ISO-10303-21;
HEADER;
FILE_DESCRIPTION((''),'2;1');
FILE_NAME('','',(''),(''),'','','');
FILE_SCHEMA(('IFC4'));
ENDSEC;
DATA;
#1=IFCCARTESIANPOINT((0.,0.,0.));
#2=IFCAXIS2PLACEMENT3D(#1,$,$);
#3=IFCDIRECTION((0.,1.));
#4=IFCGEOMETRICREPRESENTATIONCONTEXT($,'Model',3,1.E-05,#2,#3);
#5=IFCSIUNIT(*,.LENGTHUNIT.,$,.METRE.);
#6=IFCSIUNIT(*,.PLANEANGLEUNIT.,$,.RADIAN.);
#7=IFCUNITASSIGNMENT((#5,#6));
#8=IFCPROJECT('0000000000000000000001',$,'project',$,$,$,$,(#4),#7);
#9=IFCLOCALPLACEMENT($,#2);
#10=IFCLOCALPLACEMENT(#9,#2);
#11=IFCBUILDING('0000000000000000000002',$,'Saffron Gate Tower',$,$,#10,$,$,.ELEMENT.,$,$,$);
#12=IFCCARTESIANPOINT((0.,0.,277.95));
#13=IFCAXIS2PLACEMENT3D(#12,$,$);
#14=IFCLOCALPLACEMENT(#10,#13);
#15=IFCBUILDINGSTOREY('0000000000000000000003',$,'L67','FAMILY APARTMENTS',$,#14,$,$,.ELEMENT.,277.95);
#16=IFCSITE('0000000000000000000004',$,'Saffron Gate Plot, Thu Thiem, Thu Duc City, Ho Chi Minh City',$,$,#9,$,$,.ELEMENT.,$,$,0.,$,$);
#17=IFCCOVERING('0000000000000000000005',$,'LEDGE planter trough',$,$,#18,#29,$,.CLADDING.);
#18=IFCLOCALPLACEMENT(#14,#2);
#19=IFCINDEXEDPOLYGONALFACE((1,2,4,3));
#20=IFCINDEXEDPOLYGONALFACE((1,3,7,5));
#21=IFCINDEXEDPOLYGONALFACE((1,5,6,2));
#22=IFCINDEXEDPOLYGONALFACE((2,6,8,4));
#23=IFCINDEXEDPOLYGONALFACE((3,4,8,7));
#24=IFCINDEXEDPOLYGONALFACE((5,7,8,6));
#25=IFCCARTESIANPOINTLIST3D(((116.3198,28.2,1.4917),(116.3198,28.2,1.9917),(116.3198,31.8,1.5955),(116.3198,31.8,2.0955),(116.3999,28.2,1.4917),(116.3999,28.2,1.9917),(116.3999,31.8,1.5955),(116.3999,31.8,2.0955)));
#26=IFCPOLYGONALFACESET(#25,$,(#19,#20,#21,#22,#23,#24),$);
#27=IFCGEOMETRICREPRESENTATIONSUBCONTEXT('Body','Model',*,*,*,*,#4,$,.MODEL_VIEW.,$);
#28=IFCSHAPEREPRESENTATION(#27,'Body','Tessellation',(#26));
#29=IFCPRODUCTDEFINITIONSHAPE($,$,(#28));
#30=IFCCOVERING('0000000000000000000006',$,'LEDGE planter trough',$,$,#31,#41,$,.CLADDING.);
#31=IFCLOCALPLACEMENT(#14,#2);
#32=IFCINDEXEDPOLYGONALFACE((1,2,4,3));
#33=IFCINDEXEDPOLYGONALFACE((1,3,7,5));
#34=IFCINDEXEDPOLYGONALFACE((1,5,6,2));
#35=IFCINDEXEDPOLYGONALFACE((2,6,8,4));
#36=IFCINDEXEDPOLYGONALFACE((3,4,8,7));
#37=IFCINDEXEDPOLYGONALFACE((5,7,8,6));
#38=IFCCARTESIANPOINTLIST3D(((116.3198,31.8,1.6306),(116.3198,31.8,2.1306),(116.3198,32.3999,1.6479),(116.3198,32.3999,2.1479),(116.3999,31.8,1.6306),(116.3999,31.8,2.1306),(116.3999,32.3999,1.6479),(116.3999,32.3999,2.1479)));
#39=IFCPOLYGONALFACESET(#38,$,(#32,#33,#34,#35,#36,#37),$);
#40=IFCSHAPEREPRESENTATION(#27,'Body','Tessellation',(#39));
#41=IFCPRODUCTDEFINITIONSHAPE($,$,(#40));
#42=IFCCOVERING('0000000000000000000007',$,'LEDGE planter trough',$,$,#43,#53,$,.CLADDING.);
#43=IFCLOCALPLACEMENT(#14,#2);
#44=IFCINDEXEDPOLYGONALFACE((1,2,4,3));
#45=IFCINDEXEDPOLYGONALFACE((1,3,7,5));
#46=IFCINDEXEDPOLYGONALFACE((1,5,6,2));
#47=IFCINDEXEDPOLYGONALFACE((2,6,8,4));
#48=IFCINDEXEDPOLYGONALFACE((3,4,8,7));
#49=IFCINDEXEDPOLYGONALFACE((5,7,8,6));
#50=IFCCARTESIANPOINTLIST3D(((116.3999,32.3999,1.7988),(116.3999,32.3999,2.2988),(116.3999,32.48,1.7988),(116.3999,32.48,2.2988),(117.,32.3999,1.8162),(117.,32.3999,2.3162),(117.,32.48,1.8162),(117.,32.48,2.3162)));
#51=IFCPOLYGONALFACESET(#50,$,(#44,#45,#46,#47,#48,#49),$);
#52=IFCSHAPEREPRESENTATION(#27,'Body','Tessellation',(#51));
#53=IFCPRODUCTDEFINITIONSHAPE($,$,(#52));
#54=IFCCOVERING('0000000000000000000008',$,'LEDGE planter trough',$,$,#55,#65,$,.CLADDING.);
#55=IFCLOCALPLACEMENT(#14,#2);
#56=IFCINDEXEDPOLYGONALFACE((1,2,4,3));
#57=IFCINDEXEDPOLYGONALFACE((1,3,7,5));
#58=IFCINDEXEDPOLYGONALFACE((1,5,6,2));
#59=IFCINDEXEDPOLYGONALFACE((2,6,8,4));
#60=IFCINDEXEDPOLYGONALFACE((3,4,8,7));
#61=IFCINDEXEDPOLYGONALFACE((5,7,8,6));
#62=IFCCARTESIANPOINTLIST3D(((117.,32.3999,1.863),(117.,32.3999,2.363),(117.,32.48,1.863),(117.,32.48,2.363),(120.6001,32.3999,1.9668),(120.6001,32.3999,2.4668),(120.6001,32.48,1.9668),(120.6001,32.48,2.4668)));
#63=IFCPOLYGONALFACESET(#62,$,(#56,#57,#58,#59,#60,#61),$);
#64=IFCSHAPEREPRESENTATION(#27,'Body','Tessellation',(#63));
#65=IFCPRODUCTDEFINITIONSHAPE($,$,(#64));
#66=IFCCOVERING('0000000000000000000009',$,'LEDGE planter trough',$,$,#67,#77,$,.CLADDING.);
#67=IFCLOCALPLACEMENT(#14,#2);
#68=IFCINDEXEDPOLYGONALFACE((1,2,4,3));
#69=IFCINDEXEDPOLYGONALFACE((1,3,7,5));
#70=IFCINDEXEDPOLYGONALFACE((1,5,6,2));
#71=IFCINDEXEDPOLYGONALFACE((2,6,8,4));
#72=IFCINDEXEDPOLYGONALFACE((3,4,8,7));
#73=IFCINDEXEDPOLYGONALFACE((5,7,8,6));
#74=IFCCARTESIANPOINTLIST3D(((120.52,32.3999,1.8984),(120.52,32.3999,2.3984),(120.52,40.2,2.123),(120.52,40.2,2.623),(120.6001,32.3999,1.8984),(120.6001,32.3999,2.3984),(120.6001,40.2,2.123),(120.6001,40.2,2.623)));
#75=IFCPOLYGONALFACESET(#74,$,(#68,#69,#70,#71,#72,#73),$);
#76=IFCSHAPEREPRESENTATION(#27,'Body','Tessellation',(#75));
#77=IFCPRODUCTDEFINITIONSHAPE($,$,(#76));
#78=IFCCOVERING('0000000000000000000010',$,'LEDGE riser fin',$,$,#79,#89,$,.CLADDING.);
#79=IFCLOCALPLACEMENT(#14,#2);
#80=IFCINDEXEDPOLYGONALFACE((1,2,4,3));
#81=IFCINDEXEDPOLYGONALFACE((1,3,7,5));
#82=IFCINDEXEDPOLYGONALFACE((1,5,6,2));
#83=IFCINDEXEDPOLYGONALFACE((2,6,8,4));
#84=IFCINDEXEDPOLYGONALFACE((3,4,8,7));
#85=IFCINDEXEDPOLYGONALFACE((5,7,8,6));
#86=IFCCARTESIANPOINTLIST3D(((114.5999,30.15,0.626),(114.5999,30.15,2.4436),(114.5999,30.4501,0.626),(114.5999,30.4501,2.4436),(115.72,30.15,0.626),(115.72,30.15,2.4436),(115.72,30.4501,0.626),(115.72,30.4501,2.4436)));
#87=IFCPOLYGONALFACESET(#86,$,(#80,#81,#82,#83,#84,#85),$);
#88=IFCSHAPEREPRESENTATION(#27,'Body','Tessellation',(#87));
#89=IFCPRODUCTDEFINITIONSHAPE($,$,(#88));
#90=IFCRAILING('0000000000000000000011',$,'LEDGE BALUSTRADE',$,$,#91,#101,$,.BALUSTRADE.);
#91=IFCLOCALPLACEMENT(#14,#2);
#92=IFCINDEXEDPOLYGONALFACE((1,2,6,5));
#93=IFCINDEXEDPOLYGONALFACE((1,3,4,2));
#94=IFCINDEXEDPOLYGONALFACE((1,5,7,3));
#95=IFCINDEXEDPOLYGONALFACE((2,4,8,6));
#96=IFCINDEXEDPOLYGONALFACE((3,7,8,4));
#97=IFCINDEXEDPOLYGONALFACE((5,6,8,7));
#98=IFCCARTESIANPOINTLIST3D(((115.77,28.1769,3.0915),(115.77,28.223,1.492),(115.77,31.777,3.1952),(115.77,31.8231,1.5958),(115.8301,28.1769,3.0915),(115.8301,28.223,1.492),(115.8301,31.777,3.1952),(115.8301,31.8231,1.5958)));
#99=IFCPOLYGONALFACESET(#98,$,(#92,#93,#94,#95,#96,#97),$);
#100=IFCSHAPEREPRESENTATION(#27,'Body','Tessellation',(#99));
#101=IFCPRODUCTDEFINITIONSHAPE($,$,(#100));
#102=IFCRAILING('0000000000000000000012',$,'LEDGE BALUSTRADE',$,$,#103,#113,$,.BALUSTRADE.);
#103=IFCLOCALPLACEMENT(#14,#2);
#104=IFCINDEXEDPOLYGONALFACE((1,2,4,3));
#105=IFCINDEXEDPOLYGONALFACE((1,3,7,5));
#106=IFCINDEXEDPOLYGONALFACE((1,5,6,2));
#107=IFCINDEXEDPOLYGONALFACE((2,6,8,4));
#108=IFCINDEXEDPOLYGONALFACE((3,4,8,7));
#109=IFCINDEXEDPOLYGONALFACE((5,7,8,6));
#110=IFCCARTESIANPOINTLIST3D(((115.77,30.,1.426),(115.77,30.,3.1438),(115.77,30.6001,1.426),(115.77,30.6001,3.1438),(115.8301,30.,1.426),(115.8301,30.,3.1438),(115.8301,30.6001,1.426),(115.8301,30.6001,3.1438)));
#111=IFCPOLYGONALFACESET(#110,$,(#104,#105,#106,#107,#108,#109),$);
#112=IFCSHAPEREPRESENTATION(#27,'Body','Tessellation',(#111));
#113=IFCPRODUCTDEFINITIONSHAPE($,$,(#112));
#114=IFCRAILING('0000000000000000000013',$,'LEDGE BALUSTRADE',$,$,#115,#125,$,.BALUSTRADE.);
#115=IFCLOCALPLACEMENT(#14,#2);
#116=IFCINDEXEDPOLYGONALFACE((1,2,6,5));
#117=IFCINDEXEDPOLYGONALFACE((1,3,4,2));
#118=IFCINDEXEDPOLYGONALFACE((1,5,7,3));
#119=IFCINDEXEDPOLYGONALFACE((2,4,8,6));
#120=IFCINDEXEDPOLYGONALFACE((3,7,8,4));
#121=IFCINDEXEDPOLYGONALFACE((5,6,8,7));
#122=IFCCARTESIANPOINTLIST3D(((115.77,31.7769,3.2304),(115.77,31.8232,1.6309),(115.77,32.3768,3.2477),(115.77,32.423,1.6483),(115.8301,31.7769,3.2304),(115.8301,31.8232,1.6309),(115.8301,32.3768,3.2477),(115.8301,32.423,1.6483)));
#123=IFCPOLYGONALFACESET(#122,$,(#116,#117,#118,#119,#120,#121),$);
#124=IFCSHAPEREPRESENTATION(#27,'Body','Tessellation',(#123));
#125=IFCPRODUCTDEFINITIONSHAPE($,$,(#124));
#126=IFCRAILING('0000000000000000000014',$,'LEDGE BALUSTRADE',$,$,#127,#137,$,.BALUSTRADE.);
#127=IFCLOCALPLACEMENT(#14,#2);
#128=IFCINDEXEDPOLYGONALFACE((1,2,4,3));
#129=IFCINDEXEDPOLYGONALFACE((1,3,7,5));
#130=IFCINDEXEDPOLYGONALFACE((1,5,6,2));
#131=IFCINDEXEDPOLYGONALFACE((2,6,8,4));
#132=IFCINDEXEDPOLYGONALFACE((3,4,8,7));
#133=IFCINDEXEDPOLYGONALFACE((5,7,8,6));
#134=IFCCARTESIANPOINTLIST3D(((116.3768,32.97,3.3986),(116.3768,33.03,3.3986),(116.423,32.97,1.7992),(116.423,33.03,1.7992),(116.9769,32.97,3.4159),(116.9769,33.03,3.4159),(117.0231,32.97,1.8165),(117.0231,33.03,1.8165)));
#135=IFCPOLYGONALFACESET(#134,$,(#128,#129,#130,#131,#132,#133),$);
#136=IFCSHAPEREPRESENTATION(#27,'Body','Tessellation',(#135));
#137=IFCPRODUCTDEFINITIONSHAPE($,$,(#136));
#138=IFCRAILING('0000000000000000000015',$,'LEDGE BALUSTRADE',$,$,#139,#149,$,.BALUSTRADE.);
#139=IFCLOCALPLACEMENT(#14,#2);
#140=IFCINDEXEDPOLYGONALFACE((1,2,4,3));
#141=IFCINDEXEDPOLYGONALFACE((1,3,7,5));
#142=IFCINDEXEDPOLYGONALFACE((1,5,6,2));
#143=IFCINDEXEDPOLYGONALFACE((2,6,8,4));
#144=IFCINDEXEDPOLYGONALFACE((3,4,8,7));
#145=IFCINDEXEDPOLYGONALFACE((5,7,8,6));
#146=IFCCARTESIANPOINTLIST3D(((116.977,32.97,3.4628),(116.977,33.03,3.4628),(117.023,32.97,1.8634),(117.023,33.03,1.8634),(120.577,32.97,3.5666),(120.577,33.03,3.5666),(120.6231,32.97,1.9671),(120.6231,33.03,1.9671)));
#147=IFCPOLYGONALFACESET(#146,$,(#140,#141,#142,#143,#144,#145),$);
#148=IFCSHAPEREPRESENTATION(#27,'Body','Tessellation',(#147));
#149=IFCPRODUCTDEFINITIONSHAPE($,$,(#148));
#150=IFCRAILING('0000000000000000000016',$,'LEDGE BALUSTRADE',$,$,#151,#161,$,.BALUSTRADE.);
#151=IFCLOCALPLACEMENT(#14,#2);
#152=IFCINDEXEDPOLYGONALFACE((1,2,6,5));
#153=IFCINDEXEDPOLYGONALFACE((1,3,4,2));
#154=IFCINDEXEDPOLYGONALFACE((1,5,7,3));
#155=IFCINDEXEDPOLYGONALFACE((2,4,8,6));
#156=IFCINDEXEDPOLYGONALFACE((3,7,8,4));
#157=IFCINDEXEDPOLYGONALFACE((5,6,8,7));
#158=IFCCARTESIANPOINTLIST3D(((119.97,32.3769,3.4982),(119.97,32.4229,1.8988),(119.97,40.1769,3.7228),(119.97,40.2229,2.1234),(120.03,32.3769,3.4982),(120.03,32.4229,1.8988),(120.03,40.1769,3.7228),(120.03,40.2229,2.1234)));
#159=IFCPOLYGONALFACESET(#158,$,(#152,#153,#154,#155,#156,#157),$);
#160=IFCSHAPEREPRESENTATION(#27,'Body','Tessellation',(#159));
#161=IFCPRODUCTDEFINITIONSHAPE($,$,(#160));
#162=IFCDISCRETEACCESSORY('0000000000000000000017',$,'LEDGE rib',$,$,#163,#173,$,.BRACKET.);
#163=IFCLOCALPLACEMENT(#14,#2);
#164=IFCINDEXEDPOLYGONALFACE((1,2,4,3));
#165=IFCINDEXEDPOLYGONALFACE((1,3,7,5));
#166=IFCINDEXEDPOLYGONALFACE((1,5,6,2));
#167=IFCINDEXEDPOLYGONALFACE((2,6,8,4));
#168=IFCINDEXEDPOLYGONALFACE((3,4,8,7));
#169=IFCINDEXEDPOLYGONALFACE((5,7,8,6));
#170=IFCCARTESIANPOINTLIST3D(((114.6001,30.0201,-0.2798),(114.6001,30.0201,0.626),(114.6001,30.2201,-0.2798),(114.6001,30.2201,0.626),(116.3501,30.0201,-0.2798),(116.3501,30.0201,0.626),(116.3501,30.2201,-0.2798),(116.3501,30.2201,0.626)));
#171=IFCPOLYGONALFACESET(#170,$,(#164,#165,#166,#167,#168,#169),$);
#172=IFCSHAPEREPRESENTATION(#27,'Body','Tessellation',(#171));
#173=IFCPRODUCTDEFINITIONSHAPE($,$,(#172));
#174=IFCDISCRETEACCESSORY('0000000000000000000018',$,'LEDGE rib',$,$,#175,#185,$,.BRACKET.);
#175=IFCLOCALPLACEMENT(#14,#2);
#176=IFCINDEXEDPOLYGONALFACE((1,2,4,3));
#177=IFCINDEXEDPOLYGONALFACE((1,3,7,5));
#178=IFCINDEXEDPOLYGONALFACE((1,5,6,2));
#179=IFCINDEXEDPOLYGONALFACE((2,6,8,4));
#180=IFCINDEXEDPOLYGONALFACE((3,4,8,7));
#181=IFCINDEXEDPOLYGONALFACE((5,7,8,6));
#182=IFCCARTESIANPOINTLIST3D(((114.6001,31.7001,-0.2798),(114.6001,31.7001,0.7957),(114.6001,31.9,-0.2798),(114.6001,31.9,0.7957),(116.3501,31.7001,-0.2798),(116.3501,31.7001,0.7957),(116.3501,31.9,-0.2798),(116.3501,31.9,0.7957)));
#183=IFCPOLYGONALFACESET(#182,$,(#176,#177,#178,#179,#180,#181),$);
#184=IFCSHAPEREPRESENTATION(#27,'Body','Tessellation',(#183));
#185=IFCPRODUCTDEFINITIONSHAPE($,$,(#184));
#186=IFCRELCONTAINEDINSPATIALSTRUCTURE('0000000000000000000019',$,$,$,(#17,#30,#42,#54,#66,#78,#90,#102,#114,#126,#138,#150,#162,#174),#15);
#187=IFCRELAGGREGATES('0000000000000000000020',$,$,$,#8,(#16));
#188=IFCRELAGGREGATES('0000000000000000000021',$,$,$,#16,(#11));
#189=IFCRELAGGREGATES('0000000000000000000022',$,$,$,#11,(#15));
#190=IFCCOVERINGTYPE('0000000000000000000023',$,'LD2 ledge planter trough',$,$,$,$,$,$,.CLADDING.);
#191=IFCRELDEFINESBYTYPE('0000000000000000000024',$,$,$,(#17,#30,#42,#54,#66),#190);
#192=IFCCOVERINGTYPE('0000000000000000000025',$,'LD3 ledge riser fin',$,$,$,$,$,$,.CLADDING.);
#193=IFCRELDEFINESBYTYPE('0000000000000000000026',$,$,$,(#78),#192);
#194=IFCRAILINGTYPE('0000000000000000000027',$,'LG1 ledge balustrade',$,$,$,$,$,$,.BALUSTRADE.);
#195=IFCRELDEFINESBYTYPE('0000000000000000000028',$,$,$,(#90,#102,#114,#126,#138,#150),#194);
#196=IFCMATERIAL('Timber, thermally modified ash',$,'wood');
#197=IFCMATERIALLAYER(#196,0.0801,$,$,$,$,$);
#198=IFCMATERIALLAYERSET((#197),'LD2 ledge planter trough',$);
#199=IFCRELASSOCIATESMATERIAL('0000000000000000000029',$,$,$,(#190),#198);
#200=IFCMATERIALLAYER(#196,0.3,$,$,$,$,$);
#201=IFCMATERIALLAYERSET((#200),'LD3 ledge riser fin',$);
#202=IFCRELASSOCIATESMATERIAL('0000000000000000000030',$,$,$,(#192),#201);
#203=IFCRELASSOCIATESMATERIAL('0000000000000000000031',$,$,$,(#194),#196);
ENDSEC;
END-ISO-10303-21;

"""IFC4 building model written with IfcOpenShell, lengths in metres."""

from ifc_helpers import new_model, si_unit, direction, frame, origin, origin_2d, place, context, subcontext, project, spatial, polyline, rectangle, outline, extrude, material, layer, layer_set, type_object, element, save


model = new_model("IFC4")

# Units and contexts
model_context = context("Model", 3, precision=1e-05, world=origin(), true_north=direction((0.0, 1.0)))
body_context = subcontext(model_context, "Body", "Model", "MODEL_VIEW")
ifc_project = project(units=[si_unit("LENGTHUNIT", "METRE"), si_unit("PLANEANGLEUNIT", "RADIAN")], contexts=[model_context])

# Site, building, storey
site_placement = place(None, origin())
site = spatial("IfcSite", under=ifc_project, at=site_placement, Name="Saffron Gate Plot, Thu Thiem, Thu Duc City, Ho Chi Minh City", CompositionType="ELEMENT", RefElevation=0.0)
building_placement = place(site_placement, origin())
building = spatial("IfcBuilding", under=site, at=building_placement, Name="Saffron Gate Tower", CompositionType="ELEMENT")
storey_placement = place(building_placement, frame((0.0, 0.0, 277.95)))
storey = spatial("IfcBuildingStorey", under=building, at=storey_placement, Name="L67", Description="FAMILY APARTMENTS", CompositionType="ELEMENT", Elevation=277.95)

# Coverings
ifc_material_1 = material(Name="Timber, thermally modified ash", Category="wood")
ifc_layer_1 = layer(ifc_material_1, 0.0801)
ifc_layer_set_1 = layer_set([ifc_layer_1], Name="LD2 ledge planter trough")
covering_type_1 = type_object("IfcCoveringType", Name="LD2 ledge planter trough", PredefinedType="CLADDING", material=ifc_layer_set_1)
covering_1_placement = place(storey_placement, frame((116.3999, 28.2, 1.4917), z_axis=(1.0, 0.0, 0.0), x_axis=(0.0, 0.999585, 0.028809)))
element("IfcCovering", 1, at=covering_1_placement, inside=storey, type_object=covering_type_1, Name="LEDGE planter trough", PredefinedType="CLADDING", context=body_context, shape_type="SweptSolid", body=[
    extrude(outline(polyline([(0.0, 0.0), (3.6016, 0.0), (3.616, 0.4998), (0.0144, 0.4998), (0.0, 0.0)])), origin(), (0.0, 0.0, -1.0), 0.0801),
])
covering_2_placement = place(storey_placement, frame((116.3999, 31.8, 1.6306), z_axis=(1.0, 0.0, 0.0), x_axis=(0.0, 0.999583, 0.028885)))
element("IfcCovering", 2, at=covering_2_placement, inside=storey, type_object=covering_type_1, Name="LEDGE planter trough", PredefinedType="CLADDING", context=body_context, shape_type="SweptSolid", body=[
    extrude(outline(polyline([(0.0, 0.0), (0.6001, 0.0), (0.6145, 0.4998), (0.0144, 0.4998), (0.0, 0.0)])), origin(), (0.0, 0.0, -1.0), 0.0801),
])
covering_3_placement = place(storey_placement, frame((116.3999, 32.3999, 1.7988), z_axis=(0.0, -1.0, 0.0), x_axis=(0.999583, 0.0, 0.028873)))
element("IfcCovering", 3, at=covering_3_placement, inside=storey, type_object=covering_type_1, Name="LEDGE planter trough", PredefinedType="CLADDING", context=body_context, shape_type="SweptSolid", body=[
    extrude(outline(polyline([(0.0, 0.0), (0.6003, 0.0), (0.6148, 0.4998), (0.0144, 0.4998), (0.0, 0.0)])), origin(), (0.0, 0.0, -1.0), 0.0801),
])
covering_4_placement = place(storey_placement, frame((117.0, 32.3999, 1.863), z_axis=(0.0, -1.0, 0.0), x_axis=(0.999585, 0.0, 0.028809)))
element("IfcCovering", 4, at=covering_4_placement, inside=storey, type_object=covering_type_1, Name="LEDGE planter trough", PredefinedType="CLADDING", context=body_context, shape_type="SweptSolid", body=[
    extrude(outline(polyline([(0.0, 0.0), (3.6016, 0.0), (3.616, 0.4998), (0.0144, 0.4998), (0.0, 0.0)])), origin(), (0.0, 0.0, -1.0), 0.0801),
])
covering_5_placement = place(storey_placement, frame((120.6001, 32.3999, 1.8984), z_axis=(1.0, 0.0, 0.0), x_axis=(0.0, 0.999586, 0.028784)))
element("IfcCovering", 5, at=covering_5_placement, inside=storey, type_object=covering_type_1, Name="LEDGE planter trough", PredefinedType="CLADDING", context=body_context, shape_type="SweptSolid", body=[
    extrude(outline(polyline([(0.0, 0.0), (7.8033, 0.0), (7.8177, 0.4998), (0.0144, 0.4998), (0.0, 0.0)])), origin(), (0.0, 0.0, -1.0), 0.0801),
])
ifc_layer_2 = layer(ifc_material_1, 0.3)
ifc_layer_set_2 = layer_set([ifc_layer_2], Name="LD3 ledge riser fin")
covering_type_2 = type_object("IfcCoveringType", Name="LD3 ledge riser fin", PredefinedType="CLADDING", material=ifc_layer_set_2)
covering_6_placement = place(storey_placement, frame((115.1599, 30.3, 0.626), z_axis=(0.0, 0.0, 1.0), x_axis=(0.0, 1.0, 0.0)))
element("IfcCovering", 6, at=covering_6_placement, inside=storey, type_object=covering_type_2, Name="LEDGE riser fin", PredefinedType="CLADDING", context=body_context, shape_type="SweptSolid", body=[
    extrude(rectangle(XDim=0.3, YDim=1.1201, at=origin_2d()), origin(), (0.0, 0.0, 1.0), 1.8176),
])

# Railings
railing_type = type_object("IfcRailingType", Name="LG1 ledge balustrade", PredefinedType="BALUSTRADE", material=ifc_material_1)
railing_1_placement = place(storey_placement, frame((115.8, 28.2, 1.4917)))
element("IfcRailing", 7, at=railing_1_placement, inside=storey, type_object=railing_type, Name="LEDGE BALUSTRADE", PredefinedType="BALUSTRADE", context=body_context, shape_type="SweptSolid", body=[
    extrude(rectangle(XDim=0.0601, YDim=1.6001, at=origin_2d()), frame((0.0, 0.0, 0.8), z_axis=(0.0, 0.999585, 0.028809), x_axis=(-1.0, 0.0, 0.0)), (0.0, 0.0, 1.0), 3.6016),
])
railing_2_placement = place(storey_placement, frame((115.8, 30.0, 1.426)))
element("IfcRailing", 8, at=railing_2_placement, inside=storey, type_object=railing_type, Name="LEDGE BALUSTRADE", PredefinedType="BALUSTRADE", context=body_context, shape_type="SweptSolid", body=[
    extrude(rectangle(XDim=0.0601, YDim=1.7178, at=origin_2d()), frame((0.0, 0.0, 0.8589), z_axis=(0.0, 1.0, 0.0), x_axis=(-1.0, 0.0, 0.0)), (0.0, 0.0, 1.0), 0.6001),
])
railing_3_placement = place(storey_placement, frame((115.8, 31.8, 1.6306)))
element("IfcRailing", 9, at=railing_3_placement, inside=storey, type_object=railing_type, Name="LEDGE BALUSTRADE", PredefinedType="BALUSTRADE", context=body_context, shape_type="SweptSolid", body=[
    extrude(rectangle(XDim=0.0601, YDim=1.6001, at=origin_2d()), frame((0.0, 0.0, 0.8), z_axis=(0.0, 0.999583, 0.028885), x_axis=(-1.0, 0.0, 0.0)), (0.0, 0.0, 1.0), 0.6001),
])
railing_4_placement = place(storey_placement, frame((116.3999, 33.0, 1.7988)))
element("IfcRailing", 10, at=railing_4_placement, inside=storey, type_object=railing_type, Name="LEDGE BALUSTRADE", PredefinedType="BALUSTRADE", context=body_context, shape_type="SweptSolid", body=[
    extrude(rectangle(XDim=0.0601, YDim=1.6001, at=origin_2d()), frame((0.0, 0.0, 0.8), z_axis=(0.999583, 0.0, 0.028873), x_axis=(0.0, 1.0, 0.0)), (0.0, 0.0, 1.0), 0.6003),
])
railing_5_placement = place(storey_placement, frame((117.0, 33.0, 1.863)))
element("IfcRailing", 11, at=railing_5_placement, inside=storey, type_object=railing_type, Name="LEDGE BALUSTRADE", PredefinedType="BALUSTRADE", context=body_context, shape_type="SweptSolid", body=[
    extrude(rectangle(XDim=0.0601, YDim=1.6001, at=origin_2d()), frame((0.0, 0.0, 0.8), z_axis=(0.999585, 0.0, 0.028809), x_axis=(0.0, 1.0, 0.0)), (0.0, 0.0, 1.0), 3.6016),
])
railing_6_placement = place(storey_placement, frame((120.0, 32.3999, 1.8984)))
element("IfcRailing", 12, at=railing_6_placement, inside=storey, type_object=railing_type, Name="LEDGE BALUSTRADE", PredefinedType="BALUSTRADE", context=body_context, shape_type="SweptSolid", body=[
    extrude(rectangle(XDim=0.0601, YDim=1.6001, at=origin_2d()), frame((0.0, 0.0, 0.8), z_axis=(0.0, 0.999586, 0.028784), x_axis=(-1.0, 0.0, 0.0)), (0.0, 0.0, 1.0), 7.8032),
])

# Discrete accessories
discrete_accessory_1_placement = place(storey_placement, frame((115.4751, 30.1201, -0.2798), z_axis=(0.0, 0.0, 1.0), x_axis=(0.0, 1.0, 0.0)))
element("IfcDiscreteAccessory", 13, at=discrete_accessory_1_placement, inside=storey, Name="LEDGE rib", PredefinedType="BRACKET", context=body_context, shape_type="SweptSolid", body=[
    extrude(rectangle(XDim=0.2, YDim=1.75, at=origin_2d()), origin(), (0.0, 0.0, 1.0), 0.9058),
])
discrete_accessory_2_placement = place(storey_placement, frame((115.4751, 31.8, -0.2798), z_axis=(0.0, 0.0, 1.0), x_axis=(0.0, 1.0, 0.0)))
element("IfcDiscreteAccessory", 14, at=discrete_accessory_2_placement, inside=storey, Name="LEDGE rib", PredefinedType="BRACKET", context=body_context, shape_type="SweptSolid", body=[
    extrude(rectangle(XDim=0.2, YDim=1.75, at=origin_2d()), origin(), (0.0, 0.0, 1.0), 1.0754),
])

save(model, "model.ifc")
